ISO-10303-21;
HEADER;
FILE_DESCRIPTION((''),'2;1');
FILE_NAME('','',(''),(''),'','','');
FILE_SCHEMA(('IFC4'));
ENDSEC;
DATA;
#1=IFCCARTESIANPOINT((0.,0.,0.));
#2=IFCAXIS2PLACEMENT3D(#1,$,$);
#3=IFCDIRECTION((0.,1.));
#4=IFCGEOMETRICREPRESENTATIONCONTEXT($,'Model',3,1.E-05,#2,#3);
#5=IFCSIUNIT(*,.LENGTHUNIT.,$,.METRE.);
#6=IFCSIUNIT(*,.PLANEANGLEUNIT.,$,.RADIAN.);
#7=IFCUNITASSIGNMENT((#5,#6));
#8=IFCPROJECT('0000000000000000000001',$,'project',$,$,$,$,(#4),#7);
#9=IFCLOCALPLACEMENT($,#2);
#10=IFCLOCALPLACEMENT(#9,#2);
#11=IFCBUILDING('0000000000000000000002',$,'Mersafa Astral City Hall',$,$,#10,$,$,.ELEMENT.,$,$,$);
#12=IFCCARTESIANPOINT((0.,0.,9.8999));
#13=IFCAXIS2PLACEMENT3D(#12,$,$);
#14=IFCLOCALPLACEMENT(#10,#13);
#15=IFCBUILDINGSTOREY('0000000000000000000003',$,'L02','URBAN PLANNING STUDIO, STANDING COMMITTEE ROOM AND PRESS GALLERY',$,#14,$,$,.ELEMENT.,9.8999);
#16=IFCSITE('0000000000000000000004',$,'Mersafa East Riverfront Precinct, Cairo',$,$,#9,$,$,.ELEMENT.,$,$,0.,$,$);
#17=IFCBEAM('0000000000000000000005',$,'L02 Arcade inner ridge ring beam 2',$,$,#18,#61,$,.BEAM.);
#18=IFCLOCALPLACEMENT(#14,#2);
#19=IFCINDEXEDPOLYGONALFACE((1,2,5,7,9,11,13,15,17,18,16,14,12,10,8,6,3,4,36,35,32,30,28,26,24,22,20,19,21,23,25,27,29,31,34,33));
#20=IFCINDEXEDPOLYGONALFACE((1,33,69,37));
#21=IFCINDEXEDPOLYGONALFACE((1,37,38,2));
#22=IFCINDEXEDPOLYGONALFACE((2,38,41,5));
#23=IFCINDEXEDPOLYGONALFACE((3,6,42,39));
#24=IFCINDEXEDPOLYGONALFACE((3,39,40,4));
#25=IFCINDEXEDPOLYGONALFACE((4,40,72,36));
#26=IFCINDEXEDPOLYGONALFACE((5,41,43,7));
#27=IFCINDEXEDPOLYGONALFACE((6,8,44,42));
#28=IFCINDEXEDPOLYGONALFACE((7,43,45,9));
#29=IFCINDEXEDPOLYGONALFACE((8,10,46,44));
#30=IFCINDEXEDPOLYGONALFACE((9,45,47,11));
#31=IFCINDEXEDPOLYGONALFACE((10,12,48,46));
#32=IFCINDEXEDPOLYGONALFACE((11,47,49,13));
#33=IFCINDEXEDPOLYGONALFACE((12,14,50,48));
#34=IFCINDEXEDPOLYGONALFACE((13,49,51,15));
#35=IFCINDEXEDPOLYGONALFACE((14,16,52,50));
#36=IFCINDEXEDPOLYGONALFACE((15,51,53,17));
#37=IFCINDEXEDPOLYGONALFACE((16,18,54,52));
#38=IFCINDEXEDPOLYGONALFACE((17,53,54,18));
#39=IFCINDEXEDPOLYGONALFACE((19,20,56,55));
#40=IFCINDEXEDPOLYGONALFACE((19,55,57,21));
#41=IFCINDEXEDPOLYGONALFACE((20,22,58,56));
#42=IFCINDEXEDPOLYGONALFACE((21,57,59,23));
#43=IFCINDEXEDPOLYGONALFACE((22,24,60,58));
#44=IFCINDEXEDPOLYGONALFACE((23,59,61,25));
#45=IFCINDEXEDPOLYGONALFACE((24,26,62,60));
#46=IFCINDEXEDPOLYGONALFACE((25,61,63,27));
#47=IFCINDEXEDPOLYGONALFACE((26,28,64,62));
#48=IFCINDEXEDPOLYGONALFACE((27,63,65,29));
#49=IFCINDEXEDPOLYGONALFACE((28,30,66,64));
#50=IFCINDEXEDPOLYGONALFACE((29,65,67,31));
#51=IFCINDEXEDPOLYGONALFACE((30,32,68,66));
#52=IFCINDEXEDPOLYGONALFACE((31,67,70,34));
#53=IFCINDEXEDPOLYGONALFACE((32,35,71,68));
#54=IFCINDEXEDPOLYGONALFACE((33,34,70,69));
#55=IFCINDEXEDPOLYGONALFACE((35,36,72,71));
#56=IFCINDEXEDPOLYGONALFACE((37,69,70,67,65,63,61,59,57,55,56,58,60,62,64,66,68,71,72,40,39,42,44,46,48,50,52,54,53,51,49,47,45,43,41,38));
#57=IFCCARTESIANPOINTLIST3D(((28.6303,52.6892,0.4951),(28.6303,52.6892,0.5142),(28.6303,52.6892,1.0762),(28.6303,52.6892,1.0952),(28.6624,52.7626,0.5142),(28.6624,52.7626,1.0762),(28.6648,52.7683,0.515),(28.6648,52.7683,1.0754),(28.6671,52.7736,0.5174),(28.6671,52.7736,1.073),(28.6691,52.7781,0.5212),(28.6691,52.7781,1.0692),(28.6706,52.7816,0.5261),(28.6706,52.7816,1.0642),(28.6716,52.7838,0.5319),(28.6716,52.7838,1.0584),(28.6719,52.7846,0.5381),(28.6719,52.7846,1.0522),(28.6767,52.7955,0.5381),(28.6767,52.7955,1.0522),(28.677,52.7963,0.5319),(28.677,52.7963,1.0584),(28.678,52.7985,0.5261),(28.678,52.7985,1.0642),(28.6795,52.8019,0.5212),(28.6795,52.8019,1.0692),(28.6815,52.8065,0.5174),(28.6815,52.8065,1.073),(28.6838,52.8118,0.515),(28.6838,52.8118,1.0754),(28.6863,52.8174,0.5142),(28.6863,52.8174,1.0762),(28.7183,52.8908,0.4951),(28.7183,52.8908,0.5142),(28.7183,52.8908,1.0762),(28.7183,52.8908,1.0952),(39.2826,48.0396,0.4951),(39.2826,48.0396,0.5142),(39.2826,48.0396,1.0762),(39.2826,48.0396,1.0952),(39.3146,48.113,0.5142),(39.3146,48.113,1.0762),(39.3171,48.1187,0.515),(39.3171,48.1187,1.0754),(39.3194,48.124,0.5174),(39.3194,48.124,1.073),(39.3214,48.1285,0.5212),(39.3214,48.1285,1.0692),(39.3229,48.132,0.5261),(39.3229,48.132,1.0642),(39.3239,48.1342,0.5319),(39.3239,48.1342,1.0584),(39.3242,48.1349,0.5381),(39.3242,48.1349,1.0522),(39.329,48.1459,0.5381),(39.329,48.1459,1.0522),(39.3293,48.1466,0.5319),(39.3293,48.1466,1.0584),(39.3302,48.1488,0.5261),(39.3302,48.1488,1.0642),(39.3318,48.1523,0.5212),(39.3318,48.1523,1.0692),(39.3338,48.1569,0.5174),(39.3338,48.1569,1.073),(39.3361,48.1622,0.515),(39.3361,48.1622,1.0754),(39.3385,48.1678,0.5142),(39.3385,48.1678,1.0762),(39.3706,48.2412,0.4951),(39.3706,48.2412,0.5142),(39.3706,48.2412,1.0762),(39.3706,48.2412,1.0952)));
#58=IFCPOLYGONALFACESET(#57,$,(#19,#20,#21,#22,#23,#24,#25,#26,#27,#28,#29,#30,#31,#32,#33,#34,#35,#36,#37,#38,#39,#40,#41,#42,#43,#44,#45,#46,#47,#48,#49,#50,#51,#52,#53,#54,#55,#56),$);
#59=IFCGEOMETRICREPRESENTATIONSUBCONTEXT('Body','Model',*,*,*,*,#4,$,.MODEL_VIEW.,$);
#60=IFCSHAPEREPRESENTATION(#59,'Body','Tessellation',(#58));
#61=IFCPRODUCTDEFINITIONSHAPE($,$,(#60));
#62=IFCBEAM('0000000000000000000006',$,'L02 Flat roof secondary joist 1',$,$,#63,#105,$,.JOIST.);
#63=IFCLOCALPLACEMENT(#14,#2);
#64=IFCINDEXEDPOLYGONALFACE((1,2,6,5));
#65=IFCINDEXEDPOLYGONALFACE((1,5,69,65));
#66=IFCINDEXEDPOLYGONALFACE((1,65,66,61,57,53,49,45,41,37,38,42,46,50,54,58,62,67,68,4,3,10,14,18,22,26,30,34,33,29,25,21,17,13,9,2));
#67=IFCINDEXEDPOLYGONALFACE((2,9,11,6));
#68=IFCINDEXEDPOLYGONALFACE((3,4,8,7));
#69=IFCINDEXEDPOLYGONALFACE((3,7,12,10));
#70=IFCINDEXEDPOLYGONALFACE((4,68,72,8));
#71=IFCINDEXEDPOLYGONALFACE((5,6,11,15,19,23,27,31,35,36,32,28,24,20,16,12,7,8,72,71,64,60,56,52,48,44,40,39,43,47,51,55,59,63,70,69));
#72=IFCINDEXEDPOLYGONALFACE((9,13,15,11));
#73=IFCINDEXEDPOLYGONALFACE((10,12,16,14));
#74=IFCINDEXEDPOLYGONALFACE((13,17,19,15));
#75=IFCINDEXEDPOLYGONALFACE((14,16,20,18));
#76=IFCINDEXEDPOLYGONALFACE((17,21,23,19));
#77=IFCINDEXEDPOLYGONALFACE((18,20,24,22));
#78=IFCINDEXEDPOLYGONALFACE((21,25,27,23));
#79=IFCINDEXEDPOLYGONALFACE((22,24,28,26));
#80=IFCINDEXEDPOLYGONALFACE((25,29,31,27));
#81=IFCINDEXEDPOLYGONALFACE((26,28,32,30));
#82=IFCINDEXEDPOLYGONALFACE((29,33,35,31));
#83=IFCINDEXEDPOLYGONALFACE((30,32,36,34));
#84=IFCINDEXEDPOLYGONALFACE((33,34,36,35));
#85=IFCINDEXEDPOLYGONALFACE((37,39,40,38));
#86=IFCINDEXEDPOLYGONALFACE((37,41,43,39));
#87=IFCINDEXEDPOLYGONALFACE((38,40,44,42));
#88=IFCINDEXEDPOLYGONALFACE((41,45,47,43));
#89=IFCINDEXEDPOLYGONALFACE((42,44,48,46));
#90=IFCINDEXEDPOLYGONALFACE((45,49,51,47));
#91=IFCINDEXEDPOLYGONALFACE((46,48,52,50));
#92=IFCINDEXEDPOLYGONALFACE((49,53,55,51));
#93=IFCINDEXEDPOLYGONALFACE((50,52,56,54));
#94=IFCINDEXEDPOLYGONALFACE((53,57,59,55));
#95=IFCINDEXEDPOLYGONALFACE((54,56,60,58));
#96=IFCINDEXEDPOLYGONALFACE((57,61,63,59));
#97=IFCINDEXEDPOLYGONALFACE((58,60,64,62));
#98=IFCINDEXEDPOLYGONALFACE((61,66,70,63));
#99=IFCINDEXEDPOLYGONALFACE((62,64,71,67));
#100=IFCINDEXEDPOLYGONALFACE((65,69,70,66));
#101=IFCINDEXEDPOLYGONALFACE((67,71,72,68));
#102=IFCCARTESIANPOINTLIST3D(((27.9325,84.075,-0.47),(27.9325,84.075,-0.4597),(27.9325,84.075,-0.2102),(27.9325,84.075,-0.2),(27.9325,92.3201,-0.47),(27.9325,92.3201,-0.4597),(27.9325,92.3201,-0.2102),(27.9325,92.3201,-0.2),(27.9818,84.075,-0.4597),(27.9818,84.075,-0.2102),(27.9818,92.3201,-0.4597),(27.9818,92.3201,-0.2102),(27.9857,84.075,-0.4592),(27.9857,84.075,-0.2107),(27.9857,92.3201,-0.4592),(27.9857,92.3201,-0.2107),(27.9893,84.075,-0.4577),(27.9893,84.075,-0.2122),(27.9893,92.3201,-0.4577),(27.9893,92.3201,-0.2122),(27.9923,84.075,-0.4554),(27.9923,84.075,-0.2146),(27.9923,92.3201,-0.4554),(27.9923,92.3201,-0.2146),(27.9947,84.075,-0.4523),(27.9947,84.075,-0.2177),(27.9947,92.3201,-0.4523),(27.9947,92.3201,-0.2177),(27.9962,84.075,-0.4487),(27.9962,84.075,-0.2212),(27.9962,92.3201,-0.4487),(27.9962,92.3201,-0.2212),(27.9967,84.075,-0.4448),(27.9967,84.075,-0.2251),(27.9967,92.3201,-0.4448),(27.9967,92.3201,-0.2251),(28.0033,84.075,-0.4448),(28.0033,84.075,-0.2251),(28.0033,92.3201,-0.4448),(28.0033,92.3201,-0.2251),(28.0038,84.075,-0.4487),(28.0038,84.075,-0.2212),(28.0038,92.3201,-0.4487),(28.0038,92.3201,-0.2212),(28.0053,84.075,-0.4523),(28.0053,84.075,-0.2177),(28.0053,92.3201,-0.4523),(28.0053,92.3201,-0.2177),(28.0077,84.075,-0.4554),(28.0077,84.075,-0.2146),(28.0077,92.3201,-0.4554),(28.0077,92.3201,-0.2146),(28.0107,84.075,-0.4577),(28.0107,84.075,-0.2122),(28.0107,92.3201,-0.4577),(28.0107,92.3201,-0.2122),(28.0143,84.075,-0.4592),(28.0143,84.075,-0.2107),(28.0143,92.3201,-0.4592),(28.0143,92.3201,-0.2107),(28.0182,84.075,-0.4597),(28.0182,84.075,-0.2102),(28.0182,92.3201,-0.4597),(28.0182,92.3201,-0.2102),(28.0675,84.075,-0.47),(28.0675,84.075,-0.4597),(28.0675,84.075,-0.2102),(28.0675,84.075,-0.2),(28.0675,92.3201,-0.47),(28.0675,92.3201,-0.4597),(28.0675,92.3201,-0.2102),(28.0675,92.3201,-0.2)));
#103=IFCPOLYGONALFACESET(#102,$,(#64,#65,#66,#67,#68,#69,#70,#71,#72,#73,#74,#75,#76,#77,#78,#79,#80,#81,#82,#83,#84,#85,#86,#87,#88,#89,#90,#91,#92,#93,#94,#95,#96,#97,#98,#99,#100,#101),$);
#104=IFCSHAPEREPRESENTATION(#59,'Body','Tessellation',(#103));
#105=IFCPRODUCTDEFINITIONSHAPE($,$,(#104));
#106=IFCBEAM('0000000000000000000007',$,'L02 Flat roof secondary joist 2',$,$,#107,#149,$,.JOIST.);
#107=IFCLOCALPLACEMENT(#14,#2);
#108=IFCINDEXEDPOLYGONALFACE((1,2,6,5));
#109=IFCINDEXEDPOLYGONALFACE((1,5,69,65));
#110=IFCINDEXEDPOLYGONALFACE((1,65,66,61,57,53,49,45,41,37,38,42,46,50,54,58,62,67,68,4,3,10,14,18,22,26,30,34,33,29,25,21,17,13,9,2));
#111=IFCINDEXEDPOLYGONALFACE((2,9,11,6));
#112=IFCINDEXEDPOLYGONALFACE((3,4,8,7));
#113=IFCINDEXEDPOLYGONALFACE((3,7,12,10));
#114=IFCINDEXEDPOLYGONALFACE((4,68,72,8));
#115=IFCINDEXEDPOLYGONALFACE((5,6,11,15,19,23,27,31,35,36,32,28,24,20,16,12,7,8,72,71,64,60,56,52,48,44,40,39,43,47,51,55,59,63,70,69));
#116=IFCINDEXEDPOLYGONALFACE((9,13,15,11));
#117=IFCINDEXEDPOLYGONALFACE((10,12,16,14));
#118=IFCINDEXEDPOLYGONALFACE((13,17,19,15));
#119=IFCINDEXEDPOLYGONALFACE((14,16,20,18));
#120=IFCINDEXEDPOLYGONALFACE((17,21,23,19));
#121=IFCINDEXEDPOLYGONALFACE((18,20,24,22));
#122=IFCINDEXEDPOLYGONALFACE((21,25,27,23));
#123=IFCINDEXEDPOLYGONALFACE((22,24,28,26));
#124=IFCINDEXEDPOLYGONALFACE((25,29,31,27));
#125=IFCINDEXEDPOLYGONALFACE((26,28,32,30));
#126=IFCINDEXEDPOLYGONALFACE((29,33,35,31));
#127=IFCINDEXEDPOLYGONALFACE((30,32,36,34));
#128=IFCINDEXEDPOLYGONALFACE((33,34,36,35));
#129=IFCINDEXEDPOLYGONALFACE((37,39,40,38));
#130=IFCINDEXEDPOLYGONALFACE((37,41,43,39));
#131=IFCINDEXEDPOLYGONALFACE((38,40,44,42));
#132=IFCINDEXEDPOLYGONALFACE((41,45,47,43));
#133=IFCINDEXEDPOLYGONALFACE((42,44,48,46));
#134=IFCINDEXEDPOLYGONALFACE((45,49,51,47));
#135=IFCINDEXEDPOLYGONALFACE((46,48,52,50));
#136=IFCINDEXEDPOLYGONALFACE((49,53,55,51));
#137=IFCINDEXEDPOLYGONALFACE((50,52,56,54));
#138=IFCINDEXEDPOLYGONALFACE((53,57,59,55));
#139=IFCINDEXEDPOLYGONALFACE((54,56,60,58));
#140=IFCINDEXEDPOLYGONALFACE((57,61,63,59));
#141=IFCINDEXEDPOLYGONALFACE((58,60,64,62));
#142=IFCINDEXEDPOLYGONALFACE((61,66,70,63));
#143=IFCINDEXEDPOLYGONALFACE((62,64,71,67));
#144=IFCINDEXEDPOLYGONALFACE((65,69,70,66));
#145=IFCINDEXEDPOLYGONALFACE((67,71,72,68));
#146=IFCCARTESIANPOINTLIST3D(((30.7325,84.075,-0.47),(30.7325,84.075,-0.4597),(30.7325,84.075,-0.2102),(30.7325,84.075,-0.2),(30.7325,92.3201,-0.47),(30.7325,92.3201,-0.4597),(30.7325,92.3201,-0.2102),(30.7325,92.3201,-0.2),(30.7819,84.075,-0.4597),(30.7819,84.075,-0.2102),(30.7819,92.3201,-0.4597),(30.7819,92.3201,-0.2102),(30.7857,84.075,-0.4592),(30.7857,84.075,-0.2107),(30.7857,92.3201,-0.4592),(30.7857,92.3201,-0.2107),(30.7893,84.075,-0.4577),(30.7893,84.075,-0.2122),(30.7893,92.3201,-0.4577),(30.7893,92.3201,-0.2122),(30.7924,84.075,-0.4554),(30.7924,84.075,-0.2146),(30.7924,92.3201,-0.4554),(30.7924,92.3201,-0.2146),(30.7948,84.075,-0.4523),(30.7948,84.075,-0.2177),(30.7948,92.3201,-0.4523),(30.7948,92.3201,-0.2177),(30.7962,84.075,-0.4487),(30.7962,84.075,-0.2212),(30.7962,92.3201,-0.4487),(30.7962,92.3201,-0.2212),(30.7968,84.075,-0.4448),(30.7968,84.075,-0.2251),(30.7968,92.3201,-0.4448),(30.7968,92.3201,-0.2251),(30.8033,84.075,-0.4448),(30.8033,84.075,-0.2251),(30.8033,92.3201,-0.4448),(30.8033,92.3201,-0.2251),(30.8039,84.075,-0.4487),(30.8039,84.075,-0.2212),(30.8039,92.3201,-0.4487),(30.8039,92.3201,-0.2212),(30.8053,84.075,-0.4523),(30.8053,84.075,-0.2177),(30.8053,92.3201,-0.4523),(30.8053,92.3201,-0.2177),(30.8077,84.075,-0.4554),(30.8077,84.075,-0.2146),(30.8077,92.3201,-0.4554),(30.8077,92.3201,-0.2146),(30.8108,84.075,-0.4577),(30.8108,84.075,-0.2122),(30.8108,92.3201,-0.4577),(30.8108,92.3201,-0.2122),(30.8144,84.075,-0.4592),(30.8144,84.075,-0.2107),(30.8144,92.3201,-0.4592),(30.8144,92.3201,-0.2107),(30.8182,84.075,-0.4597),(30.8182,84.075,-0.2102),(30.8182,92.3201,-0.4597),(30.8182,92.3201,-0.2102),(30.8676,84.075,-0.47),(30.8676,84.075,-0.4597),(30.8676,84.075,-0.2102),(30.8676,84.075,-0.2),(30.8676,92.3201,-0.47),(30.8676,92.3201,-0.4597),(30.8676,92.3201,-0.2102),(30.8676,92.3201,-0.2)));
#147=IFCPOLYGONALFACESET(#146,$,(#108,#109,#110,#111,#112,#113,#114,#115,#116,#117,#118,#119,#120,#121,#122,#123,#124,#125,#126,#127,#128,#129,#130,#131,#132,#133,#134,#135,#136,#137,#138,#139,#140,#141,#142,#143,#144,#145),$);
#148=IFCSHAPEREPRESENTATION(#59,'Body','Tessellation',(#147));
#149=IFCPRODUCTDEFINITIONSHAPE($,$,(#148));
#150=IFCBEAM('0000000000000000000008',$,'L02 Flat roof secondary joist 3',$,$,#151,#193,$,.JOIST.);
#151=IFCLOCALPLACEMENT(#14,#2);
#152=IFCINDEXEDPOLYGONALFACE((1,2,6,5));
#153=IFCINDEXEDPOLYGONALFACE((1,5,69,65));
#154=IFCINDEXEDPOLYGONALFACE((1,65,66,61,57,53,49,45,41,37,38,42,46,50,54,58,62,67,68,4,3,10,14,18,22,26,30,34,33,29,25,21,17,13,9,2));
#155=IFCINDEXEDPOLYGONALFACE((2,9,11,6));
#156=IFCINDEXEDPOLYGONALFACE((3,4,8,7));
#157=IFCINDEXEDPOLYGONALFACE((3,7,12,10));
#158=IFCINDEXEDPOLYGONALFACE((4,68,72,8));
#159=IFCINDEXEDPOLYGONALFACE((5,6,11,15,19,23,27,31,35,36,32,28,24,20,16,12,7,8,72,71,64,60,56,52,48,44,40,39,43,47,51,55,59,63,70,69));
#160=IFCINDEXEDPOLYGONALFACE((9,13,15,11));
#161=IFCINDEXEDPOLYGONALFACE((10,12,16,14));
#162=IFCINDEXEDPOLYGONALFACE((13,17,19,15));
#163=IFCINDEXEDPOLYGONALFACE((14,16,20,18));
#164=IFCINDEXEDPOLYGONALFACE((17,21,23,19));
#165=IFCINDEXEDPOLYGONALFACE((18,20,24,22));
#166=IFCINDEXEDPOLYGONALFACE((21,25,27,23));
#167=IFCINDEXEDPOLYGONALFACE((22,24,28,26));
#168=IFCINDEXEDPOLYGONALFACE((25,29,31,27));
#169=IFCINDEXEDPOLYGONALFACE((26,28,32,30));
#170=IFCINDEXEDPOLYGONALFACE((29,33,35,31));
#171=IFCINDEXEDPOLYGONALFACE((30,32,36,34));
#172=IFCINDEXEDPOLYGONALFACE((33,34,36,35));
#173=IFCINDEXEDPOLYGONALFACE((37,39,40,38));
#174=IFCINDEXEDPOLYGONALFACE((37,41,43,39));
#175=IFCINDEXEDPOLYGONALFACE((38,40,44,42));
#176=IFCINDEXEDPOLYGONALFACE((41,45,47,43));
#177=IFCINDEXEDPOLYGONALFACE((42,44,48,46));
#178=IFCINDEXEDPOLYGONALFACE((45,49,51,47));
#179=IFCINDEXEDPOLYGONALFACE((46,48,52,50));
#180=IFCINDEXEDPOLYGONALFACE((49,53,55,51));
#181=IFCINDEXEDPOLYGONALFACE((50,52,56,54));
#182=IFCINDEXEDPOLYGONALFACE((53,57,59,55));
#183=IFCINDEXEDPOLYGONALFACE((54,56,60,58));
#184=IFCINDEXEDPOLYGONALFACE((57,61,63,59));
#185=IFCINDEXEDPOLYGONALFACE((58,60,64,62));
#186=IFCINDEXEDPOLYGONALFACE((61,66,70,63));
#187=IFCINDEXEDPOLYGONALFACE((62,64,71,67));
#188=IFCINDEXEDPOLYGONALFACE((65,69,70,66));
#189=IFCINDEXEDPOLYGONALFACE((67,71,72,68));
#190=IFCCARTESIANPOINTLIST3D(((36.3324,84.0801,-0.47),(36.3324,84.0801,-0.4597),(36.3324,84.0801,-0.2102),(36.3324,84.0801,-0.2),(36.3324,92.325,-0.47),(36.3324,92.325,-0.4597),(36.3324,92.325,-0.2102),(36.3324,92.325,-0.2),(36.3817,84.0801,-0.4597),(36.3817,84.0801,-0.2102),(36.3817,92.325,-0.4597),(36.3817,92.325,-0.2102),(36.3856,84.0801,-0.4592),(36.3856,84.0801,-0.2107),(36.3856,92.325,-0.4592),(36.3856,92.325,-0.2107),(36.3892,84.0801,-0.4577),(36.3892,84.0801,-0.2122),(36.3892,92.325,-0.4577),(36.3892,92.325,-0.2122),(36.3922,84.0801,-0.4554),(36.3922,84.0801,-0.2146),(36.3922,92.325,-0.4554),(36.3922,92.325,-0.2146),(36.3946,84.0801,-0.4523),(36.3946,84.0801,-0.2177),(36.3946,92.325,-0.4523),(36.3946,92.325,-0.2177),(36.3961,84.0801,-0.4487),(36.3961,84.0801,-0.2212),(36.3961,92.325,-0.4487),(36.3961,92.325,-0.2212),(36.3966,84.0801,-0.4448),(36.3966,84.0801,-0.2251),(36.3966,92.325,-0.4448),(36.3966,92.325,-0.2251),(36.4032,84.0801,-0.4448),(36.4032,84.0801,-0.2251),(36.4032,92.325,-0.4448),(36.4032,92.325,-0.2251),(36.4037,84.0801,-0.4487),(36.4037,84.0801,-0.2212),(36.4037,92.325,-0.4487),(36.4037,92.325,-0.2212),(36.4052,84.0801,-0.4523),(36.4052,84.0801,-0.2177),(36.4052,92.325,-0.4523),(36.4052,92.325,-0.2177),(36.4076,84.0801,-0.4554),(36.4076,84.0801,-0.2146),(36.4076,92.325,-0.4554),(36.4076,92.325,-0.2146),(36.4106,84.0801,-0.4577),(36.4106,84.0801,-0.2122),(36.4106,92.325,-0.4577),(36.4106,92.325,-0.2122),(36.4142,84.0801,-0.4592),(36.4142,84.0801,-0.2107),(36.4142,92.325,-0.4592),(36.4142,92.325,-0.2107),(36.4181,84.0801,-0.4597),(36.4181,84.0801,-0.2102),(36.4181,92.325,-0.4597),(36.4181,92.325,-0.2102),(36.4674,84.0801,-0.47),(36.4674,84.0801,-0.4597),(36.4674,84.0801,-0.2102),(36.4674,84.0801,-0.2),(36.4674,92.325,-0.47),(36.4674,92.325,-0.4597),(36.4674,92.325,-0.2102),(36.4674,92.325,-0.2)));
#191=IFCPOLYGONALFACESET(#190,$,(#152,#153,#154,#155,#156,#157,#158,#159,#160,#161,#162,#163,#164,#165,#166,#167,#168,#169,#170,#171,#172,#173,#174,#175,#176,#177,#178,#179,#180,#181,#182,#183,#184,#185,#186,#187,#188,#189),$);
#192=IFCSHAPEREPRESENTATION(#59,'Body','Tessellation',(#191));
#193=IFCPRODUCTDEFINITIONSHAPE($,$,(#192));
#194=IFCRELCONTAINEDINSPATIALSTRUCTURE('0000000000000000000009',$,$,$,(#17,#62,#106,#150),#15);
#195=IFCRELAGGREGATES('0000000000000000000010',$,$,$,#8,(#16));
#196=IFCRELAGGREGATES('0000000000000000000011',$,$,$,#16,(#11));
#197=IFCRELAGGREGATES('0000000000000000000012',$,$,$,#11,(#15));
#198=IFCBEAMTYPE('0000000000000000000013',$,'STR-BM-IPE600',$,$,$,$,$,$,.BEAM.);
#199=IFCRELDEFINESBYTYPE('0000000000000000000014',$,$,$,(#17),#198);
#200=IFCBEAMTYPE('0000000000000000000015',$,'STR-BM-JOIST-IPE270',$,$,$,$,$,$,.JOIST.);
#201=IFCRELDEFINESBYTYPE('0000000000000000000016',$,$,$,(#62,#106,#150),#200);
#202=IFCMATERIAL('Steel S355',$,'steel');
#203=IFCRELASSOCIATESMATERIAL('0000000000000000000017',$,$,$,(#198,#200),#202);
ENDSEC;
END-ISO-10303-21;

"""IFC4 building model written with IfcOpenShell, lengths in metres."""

from ifc_helpers import new_model, si_unit, direction, frame, origin, origin_2d, place, context, subcontext, project, spatial, i_section, extrude, material, material_profile, profile_set, type_object, element, save


model = new_model("IFC4")

# Units and contexts
model_context = context("Model", 3, precision=1e-05, world=origin(), true_north=direction((0.0, 1.0)))
body_context = subcontext(model_context, "Body", "Model", "MODEL_VIEW")
ifc_project = project(units=[si_unit("LENGTHUNIT", "METRE"), si_unit("PLANEANGLEUNIT", "RADIAN")], contexts=[model_context])

# Site, building, storey
site_placement = place(None, origin())
site = spatial("IfcSite", under=ifc_project, at=site_placement, Name="Mersafa East Riverfront Precinct, Cairo", CompositionType="ELEMENT", RefElevation=0.0)
building_placement = place(site_placement, origin())
building = spatial("IfcBuilding", under=site, at=building_placement, Name="Mersafa Astral City Hall", CompositionType="ELEMENT")
storey_placement = place(building_placement, frame((0.0, 0.0, 9.8999)))
storey = spatial("IfcBuildingStorey", under=building, at=storey_placement, Name="L02", Description="URBAN PLANNING STUDIO, STANDING COMMITTEE ROOM AND PRESS GALLERY", CompositionType="ELEMENT", Elevation=9.8999)

# Shared definitions
ifc_material_1 = material(Name="Steel S355", Category="steel")

# Beams
ifc_material_profile_1 = material_profile(ifc_material_1, i_section(OverallWidth=0.22, OverallDepth=0.6001, WebThickness=0.012, FlangeThickness=0.019, FilletRadius=0.0239, at=origin_2d()), Name="IPE 600")
ifc_profile_set_1 = profile_set([ifc_material_profile_1], Name="Steel S355")
beam_type_1 = type_object("IfcBeamType", Name="STR-BM-IPE600", PredefinedType="BEAM", material=ifc_profile_set_1)
beam_1_placement = place(storey_placement, frame((28.6743, 52.79, 0.7952), z_axis=(0.916496, -0.400043, 0.0), x_axis=(0.400043, 0.916496, 0.0)))
element("IfcBeam", 1, at=beam_1_placement, inside=storey, type_object=beam_type_1, Name="L02 Arcade inner ridge ring beam 2", PredefinedType="BEAM", context=body_context, shape_type="SweptSolid", body=[
    extrude(i_section(OverallWidth=0.22, OverallDepth=0.6001, WebThickness=0.012, FlangeThickness=0.019, FilletRadius=0.0239, at=origin_2d()), origin(), (0.0, 0.0, 1.0), 11.6228),
])
ifc_material_profile_2 = material_profile(ifc_material_1, i_section(OverallWidth=0.135, OverallDepth=0.27, WebThickness=0.0066, FlangeThickness=0.0103, FilletRadius=0.0149, at=origin_2d()), Name="IPE 270")
ifc_profile_set_2 = profile_set([ifc_material_profile_2], Name="Steel S355")
beam_type_2 = type_object("IfcBeamType", Name="STR-BM-JOIST-IPE270", PredefinedType="JOIST", material=ifc_profile_set_2)
for number, where, z_axis, x_axis, name in (
    (2, (28.0, 84.075, -0.335), (0.0, 1.0, 0.0), (-1.0, 0.0, 0.0), "L02 Flat roof secondary joist 1"),
    (3, (30.8, 84.075, -0.335), (0.0, 1.0, 0.0), (-1.0, 0.0, 0.0), "L02 Flat roof secondary joist 2"),
):
    element("IfcBeam", number, at=place(storey_placement, frame(where, z_axis=z_axis, x_axis=x_axis)), inside=storey, type_object=beam_type_2, Name=name, PredefinedType="JOIST", context=body_context, shape_type="SweptSolid", body=[
        extrude(i_section(OverallWidth=0.135, OverallDepth=0.27, WebThickness=0.0066, FlangeThickness=0.0103, FilletRadius=0.0149, at=origin_2d()), origin(), (0.0, 0.0, 1.0), 8.2451),
    ])
for number, where, z_axis, x_axis, name in (
    (4, (36.3999, 84.0801, -0.335), (0.0, 1.0, 0.0), (-1.0, 0.0, 0.0), "L02 Flat roof secondary joist 3"),
):
    element("IfcBeam", number, at=place(storey_placement, frame(where, z_axis=z_axis, x_axis=x_axis)), inside=storey, type_object=beam_type_2, Name=name, PredefinedType="JOIST", context=body_context, shape_type="SweptSolid", body=[
        extrude(i_section(OverallWidth=0.135, OverallDepth=0.27, WebThickness=0.0066, FlangeThickness=0.0103, FilletRadius=0.0149, at=origin_2d()), origin(), (0.0, 0.0, 1.0), 8.2449),
    ])

save(model, "model.ifc")
